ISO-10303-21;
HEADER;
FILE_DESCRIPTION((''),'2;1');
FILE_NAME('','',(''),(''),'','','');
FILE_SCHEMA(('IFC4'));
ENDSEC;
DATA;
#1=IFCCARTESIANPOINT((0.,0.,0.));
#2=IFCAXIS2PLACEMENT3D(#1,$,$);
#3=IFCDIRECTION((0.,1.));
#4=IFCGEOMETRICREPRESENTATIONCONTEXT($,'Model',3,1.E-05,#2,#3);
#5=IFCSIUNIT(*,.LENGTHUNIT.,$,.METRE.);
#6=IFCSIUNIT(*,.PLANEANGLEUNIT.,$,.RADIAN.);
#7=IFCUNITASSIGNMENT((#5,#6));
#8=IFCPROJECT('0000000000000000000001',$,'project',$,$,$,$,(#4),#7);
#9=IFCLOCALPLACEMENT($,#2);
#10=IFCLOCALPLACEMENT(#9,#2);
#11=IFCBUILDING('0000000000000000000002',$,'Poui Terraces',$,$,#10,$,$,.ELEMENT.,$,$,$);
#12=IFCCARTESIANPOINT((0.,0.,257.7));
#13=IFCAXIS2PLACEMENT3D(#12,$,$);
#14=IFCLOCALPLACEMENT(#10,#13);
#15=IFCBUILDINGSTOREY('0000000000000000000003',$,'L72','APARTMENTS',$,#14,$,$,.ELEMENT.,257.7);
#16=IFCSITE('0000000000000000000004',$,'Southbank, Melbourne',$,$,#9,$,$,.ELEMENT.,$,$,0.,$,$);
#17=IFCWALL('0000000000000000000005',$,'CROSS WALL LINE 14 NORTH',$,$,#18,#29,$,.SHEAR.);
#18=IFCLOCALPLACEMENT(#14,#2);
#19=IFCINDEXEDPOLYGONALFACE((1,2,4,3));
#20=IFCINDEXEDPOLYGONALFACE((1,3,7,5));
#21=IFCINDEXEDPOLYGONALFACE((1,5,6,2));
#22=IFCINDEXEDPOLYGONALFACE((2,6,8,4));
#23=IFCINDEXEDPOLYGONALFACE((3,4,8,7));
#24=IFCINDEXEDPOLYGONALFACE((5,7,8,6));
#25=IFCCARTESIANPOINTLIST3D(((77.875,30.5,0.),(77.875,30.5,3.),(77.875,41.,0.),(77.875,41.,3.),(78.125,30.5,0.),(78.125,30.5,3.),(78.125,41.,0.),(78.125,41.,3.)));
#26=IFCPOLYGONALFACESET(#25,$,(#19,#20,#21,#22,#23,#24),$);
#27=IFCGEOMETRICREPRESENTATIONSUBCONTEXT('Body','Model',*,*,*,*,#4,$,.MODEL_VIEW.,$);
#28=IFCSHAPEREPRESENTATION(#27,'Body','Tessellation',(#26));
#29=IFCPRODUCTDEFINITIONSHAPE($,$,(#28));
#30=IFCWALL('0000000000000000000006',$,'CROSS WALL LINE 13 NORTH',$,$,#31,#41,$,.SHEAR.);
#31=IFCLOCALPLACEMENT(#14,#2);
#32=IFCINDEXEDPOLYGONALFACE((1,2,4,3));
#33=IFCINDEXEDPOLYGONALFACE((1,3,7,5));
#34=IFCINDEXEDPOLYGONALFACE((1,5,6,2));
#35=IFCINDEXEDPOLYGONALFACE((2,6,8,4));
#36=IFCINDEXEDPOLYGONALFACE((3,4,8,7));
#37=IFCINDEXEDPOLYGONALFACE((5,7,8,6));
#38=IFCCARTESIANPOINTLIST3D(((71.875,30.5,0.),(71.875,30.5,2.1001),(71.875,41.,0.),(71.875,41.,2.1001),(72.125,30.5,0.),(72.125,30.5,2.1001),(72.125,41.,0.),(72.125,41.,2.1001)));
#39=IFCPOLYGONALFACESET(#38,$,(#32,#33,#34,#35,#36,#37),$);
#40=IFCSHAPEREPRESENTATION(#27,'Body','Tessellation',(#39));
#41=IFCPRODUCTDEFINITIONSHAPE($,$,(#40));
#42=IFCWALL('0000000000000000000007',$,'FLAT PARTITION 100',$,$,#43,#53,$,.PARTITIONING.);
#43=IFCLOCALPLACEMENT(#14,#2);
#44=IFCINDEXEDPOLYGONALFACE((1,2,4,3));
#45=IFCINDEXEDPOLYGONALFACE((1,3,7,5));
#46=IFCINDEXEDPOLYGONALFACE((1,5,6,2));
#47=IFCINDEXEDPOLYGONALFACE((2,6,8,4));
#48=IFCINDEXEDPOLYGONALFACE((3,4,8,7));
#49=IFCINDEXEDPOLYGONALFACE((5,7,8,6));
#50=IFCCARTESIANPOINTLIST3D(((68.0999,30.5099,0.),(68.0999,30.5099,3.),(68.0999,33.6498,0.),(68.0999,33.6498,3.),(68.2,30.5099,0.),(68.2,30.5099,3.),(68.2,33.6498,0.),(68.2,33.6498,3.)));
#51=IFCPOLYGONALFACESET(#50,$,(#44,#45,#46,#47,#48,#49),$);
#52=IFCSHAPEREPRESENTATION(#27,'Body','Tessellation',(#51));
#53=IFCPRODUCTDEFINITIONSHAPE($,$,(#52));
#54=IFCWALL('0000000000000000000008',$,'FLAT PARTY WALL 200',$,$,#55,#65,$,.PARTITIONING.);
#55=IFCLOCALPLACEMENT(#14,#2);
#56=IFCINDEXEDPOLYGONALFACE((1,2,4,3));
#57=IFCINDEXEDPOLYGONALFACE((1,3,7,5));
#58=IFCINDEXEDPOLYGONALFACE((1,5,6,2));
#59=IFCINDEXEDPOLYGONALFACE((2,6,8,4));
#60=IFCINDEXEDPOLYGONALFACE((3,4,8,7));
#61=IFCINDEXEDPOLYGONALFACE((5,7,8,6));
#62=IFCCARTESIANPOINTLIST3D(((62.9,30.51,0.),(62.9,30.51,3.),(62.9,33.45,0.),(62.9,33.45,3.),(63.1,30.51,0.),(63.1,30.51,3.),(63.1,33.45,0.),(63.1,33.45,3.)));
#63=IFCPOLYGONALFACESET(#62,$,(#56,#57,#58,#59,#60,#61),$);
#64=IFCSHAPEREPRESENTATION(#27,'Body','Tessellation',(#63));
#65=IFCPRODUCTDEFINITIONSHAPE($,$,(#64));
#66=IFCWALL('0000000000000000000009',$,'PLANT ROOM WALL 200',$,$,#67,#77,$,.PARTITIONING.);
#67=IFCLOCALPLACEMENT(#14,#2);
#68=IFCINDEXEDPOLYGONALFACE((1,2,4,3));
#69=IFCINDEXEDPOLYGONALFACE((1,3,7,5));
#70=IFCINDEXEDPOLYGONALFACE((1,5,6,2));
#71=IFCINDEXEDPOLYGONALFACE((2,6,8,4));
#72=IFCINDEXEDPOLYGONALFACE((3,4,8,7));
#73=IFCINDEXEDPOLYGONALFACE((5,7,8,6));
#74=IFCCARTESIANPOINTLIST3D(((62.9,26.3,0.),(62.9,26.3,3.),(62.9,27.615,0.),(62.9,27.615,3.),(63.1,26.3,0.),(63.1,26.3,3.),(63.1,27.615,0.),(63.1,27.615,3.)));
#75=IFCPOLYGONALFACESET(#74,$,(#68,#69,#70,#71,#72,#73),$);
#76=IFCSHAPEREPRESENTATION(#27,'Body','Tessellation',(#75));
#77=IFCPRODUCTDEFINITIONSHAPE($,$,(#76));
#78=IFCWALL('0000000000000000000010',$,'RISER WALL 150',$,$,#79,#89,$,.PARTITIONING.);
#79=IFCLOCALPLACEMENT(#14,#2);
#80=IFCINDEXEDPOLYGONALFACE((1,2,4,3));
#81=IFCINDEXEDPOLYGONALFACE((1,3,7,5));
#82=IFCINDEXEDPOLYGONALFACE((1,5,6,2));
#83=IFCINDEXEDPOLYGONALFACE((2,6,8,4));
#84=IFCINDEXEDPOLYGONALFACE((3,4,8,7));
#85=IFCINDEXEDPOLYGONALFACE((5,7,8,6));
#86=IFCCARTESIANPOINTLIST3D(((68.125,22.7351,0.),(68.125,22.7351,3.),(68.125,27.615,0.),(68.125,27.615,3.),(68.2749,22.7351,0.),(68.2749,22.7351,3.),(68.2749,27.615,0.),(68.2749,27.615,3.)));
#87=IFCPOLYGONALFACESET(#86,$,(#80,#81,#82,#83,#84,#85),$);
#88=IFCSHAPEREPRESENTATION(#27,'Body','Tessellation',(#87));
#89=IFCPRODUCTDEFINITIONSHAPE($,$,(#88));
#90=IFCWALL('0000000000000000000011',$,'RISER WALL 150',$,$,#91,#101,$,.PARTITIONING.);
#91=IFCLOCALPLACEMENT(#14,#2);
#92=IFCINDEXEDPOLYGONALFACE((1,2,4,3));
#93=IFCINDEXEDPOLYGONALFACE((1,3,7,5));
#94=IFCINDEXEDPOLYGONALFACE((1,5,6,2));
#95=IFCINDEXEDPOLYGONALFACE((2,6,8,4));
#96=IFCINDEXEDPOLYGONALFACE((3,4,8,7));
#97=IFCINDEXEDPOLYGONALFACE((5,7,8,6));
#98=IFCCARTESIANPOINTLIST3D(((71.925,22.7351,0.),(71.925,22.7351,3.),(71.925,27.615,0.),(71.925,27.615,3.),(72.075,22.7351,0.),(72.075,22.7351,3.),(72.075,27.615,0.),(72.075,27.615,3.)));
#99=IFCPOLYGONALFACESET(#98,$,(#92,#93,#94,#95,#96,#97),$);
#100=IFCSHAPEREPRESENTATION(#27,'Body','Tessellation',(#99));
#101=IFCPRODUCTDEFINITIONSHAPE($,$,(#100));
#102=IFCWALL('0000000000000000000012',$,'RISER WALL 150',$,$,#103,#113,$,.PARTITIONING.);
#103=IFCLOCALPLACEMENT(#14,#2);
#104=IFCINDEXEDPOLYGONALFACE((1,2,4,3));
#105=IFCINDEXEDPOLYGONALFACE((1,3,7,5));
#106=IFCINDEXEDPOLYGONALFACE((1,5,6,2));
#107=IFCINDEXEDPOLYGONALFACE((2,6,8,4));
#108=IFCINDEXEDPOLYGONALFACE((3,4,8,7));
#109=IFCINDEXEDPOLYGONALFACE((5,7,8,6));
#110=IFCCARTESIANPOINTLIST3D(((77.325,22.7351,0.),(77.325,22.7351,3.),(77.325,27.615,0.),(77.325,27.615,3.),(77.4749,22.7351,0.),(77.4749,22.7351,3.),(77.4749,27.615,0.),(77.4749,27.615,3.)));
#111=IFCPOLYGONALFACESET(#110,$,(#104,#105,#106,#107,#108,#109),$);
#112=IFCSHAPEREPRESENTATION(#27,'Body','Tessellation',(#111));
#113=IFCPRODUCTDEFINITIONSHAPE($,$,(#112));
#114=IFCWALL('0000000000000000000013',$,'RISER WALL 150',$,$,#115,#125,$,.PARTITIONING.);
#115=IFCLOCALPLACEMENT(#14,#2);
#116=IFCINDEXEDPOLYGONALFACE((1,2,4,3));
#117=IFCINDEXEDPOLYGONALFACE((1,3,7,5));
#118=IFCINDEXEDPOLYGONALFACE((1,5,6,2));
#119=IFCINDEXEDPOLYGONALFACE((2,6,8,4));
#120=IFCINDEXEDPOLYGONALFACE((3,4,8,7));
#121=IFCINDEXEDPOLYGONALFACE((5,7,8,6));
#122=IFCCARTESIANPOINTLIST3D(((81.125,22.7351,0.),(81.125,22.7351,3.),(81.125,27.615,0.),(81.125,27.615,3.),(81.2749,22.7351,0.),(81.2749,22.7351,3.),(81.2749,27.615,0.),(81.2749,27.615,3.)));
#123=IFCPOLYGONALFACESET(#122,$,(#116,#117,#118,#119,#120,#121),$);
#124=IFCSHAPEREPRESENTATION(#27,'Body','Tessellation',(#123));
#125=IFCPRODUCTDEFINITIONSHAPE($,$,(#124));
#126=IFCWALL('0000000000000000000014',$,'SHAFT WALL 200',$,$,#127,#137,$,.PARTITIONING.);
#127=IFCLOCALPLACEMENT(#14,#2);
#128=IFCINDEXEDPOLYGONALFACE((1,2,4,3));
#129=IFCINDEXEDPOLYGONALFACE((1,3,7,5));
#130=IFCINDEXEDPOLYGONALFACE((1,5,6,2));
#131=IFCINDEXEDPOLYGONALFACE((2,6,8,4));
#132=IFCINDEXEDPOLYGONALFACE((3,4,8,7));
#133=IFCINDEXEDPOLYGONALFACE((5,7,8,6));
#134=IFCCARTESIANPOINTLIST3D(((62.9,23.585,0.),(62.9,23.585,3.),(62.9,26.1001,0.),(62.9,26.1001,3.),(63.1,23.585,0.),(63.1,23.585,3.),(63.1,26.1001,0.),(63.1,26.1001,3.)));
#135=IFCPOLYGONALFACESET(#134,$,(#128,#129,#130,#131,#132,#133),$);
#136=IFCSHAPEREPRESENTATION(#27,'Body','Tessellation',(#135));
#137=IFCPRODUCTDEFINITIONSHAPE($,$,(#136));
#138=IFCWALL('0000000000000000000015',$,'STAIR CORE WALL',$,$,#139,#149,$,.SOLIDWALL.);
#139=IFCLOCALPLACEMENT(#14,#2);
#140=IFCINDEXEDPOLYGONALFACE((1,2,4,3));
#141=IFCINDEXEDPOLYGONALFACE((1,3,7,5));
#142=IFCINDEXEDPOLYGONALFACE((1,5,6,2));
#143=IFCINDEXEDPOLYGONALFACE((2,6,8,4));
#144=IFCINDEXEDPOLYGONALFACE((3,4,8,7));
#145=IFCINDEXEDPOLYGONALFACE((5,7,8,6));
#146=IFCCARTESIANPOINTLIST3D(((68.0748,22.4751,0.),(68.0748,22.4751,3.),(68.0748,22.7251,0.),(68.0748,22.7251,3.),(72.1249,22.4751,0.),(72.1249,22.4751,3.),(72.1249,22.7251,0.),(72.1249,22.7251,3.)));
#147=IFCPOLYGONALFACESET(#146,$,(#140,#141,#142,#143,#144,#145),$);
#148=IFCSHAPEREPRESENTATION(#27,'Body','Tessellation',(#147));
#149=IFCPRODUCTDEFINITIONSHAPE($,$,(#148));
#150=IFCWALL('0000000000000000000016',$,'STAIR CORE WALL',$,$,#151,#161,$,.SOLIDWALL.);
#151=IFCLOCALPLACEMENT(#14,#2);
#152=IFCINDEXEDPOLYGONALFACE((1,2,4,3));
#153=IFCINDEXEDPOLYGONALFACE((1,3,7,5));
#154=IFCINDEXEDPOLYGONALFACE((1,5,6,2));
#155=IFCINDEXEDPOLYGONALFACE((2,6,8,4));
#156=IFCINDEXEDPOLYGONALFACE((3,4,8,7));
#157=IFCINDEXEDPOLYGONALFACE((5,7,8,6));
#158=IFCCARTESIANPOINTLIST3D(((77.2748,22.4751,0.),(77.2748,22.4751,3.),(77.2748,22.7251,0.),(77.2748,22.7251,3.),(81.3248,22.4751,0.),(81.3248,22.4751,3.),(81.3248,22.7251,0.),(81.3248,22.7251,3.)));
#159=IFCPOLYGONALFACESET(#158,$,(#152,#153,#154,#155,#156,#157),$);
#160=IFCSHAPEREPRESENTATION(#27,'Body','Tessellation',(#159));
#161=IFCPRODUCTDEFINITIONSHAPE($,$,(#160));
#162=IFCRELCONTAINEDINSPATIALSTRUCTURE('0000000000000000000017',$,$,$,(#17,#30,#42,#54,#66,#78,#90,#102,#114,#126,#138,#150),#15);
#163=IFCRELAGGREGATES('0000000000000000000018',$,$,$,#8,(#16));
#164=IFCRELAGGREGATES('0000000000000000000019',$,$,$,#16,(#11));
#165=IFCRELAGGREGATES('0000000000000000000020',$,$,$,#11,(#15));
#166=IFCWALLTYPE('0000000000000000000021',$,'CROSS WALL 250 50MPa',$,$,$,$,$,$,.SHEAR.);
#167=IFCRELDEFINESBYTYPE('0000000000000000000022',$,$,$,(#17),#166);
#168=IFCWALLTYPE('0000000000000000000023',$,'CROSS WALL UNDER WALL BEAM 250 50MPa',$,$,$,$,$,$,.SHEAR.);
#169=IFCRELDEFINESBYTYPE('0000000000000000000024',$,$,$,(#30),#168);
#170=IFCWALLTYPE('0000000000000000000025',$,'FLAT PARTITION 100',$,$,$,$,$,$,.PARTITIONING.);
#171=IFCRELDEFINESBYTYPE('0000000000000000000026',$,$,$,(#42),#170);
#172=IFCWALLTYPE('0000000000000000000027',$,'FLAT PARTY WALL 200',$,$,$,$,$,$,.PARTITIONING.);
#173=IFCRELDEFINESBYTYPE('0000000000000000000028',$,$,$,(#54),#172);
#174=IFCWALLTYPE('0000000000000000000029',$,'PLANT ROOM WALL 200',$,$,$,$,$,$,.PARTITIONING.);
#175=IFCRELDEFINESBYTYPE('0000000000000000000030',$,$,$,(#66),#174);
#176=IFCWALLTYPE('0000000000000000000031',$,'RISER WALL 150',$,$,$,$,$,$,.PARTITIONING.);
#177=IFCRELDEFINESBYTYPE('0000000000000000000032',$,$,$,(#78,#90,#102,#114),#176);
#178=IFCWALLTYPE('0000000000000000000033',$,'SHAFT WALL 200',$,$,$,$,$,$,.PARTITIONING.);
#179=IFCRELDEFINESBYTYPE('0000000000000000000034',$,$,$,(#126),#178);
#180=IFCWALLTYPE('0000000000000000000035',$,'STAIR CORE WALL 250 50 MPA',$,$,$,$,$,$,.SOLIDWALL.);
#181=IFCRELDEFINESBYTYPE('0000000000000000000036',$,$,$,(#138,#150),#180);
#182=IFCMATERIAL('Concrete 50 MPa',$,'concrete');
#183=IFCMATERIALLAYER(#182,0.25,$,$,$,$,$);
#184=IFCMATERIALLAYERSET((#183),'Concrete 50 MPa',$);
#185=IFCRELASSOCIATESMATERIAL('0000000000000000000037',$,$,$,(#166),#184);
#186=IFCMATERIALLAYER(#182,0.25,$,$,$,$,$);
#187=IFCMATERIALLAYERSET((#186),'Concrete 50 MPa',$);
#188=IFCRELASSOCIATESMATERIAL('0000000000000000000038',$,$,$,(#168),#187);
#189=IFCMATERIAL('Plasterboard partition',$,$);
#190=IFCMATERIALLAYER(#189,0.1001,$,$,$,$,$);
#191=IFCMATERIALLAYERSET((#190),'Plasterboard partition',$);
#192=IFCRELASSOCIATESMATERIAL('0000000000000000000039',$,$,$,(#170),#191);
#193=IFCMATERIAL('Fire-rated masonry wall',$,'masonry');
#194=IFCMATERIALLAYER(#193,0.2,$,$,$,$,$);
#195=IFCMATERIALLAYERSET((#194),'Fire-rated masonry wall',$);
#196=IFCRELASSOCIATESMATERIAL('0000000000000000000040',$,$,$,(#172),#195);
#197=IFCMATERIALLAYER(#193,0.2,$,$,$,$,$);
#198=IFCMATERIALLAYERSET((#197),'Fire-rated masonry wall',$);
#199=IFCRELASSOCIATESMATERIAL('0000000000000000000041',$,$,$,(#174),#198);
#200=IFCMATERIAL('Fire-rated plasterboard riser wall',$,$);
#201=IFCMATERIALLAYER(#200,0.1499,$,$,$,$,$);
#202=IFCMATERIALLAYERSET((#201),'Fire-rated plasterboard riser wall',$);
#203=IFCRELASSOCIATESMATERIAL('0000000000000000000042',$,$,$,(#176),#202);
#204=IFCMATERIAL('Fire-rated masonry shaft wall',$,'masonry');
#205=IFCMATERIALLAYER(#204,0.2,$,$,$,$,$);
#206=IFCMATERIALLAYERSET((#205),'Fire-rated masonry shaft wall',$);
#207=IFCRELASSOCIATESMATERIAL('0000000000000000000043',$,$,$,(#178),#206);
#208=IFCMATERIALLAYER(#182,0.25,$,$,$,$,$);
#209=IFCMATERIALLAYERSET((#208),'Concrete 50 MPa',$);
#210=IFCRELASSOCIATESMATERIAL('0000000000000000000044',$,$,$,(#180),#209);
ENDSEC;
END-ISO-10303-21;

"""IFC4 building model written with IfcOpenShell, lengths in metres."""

from ifc_helpers import new_model, si_unit, direction, frame, frame_2d, origin, place, context, subcontext, project, spatial, rectangle, extrude, material, layer, layer_set, type_object, element, save


model = new_model("IFC4")

# Units and contexts
model_context = context("Model", 3, precision=1e-05, world=origin(), true_north=direction((0.0, 1.0)))
body_context = subcontext(model_context, "Body", "Model", "MODEL_VIEW")
ifc_project = project(units=[si_unit("LENGTHUNIT", "METRE"), si_unit("PLANEANGLEUNIT", "RADIAN")], contexts=[model_context])

# Site, building, storey
site_placement = place(None, origin())
site = spatial("IfcSite", under=ifc_project, at=site_placement, Name="Southbank, Melbourne", CompositionType="ELEMENT", RefElevation=0.0)
building_placement = place(site_placement, origin())
building = spatial("IfcBuilding", under=site, at=building_placement, Name="Poui Terraces", CompositionType="ELEMENT")
storey_placement = place(building_placement, frame((0.0, 0.0, 257.7)))
storey = spatial("IfcBuildingStorey", under=building, at=storey_placement, Name="L72", Description="APARTMENTS", CompositionType="ELEMENT", Elevation=257.7)

# Shared definitions
ifc_material_1 = material(Name="Concrete 50 MPa", Category="concrete")

# Shared definitions
ifc_layer_1 = layer(ifc_material_1, 0.25)
ifc_layer_set_1 = layer_set([ifc_layer_1], Name="Concrete 50 MPa")
wall_type_1 = type_object("IfcWallType", Name="CROSS WALL 250 50MPa", PredefinedType="SHEAR", material=ifc_layer_set_1)

# Walls
wall_1_placement = place(storey_placement, frame((78.0, 30.5, 0.0), z_axis=(0.0, 0.0, 1.0), x_axis=(0.0, 1.0, 0.0)))
element("IfcWall", 1, at=wall_1_placement, inside=storey, type_object=wall_type_1, Name="CROSS WALL LINE 14 NORTH", PredefinedType="SHEAR", context=body_context, shape_type="SweptSolid", body=[
    extrude(rectangle(XDim=10.5, YDim=0.25, at=frame_2d((5.25, 0.0))), origin(), (0.0, 0.0, 1.0), 3.0),
])
ifc_layer_2 = layer(ifc_material_1, 0.25)
ifc_layer_set_2 = layer_set([ifc_layer_2], Name="Concrete 50 MPa")
wall_type_2 = type_object("IfcWallType", Name="CROSS WALL UNDER WALL BEAM 250 50MPa", PredefinedType="SHEAR", material=ifc_layer_set_2)
wall_2_placement = place(storey_placement, frame((72.0, 30.5, 0.0), z_axis=(0.0, 0.0, 1.0), x_axis=(0.0, 1.0, 0.0)))
element("IfcWall", 2, at=wall_2_placement, inside=storey, type_object=wall_type_2, Name="CROSS WALL LINE 13 NORTH", PredefinedType="SHEAR", context=body_context, shape_type="SweptSolid", body=[
    extrude(rectangle(XDim=10.5, YDim=0.25, at=frame_2d((5.25, 0.0))), origin(), (0.0, 0.0, 1.0), 2.1001),
])
ifc_material_2 = material(Name="Plasterboard partition")
ifc_layer_3 = layer(ifc_material_2, 0.1001)
ifc_layer_set_3 = layer_set([ifc_layer_3], Name="Plasterboard partition")
wall_type_3 = type_object("IfcWallType", Name="FLAT PARTITION 100", PredefinedType="PARTITIONING", material=ifc_layer_set_3)
wall_3_placement = place(storey_placement, frame((68.1499, 30.51, 0.0), z_axis=(0.0, 0.0, 1.0), x_axis=(0.0, 1.0, 0.0)))
element("IfcWall", 3, at=wall_3_placement, inside=storey, type_object=wall_type_3, Name="FLAT PARTITION 100", PredefinedType="PARTITIONING", context=body_context, shape_type="SweptSolid", body=[
    extrude(rectangle(XDim=3.1399, YDim=0.1001, at=frame_2d((1.5698, 0.0))), origin(), (0.0, 0.0, 1.0), 3.0),
])
ifc_material_3 = material(Name="Fire-rated masonry wall", Category="masonry")
ifc_layer_4 = layer(ifc_material_3, 0.2)
ifc_layer_set_4 = layer_set([ifc_layer_4], Name="Fire-rated masonry wall")
wall_type_4 = type_object("IfcWallType", Name="FLAT PARTY WALL 200", PredefinedType="PARTITIONING", material=ifc_layer_set_4)
wall_4_placement = place(storey_placement, frame((63.0, 30.51, 0.0), z_axis=(0.0, 0.0, 1.0), x_axis=(0.0, 1.0, 0.0)))
element("IfcWall", 4, at=wall_4_placement, inside=storey, type_object=wall_type_4, Name="FLAT PARTY WALL 200", PredefinedType="PARTITIONING", context=body_context, shape_type="SweptSolid", body=[
    extrude(rectangle(XDim=2.9399, YDim=0.2, at=frame_2d((1.47, 0.0))), origin(), (0.0, 0.0, 1.0), 3.0),
])
ifc_layer_5 = layer(ifc_material_3, 0.2)
ifc_layer_set_5 = layer_set([ifc_layer_5], Name="Fire-rated masonry wall")
wall_type_5 = type_object("IfcWallType", Name="PLANT ROOM WALL 200", PredefinedType="PARTITIONING", material=ifc_layer_set_5)
wall_5_placement = place(storey_placement, frame((63.0, 26.3, 0.0), z_axis=(0.0, 0.0, 1.0), x_axis=(0.0, 1.0, 0.0)))
element("IfcWall", 5, at=wall_5_placement, inside=storey, type_object=wall_type_5, Name="PLANT ROOM WALL 200", PredefinedType="PARTITIONING", context=body_context, shape_type="SweptSolid", body=[
    extrude(rectangle(XDim=1.3149, YDim=0.2, at=frame_2d((0.6575, 0.0))), origin(), (0.0, 0.0, 1.0), 3.0),
])
ifc_material_4 = material(Name="Fire-rated plasterboard riser wall")
ifc_layer_6 = layer(ifc_material_4, 0.1499)
ifc_layer_set_6 = layer_set([ifc_layer_6], Name="Fire-rated plasterboard riser wall")
wall_type_6 = type_object("IfcWallType", Name="RISER WALL 150", PredefinedType="PARTITIONING", material=ifc_layer_set_6)
for number, where, z_axis, x_axis, name in (
    (6, (68.2, 22.7351, 0.0), (0.0, 0.0, 1.0), (0.0, 1.0, 0.0), "RISER WALL 150"),
    (7, (72.0, 22.7351, 0.0), (0.0, 0.0, 1.0), (0.0, 1.0, 0.0), "RISER WALL 150"),
    (8, (77.3999, 22.7351, 0.0), (0.0, 0.0, 1.0), (0.0, 1.0, 0.0), "RISER WALL 150"),
    (9, (81.2, 22.7351, 0.0), (0.0, 0.0, 1.0), (0.0, 1.0, 0.0), "RISER WALL 150"),
):
    element("IfcWall", number, at=place(storey_placement, frame(where, z_axis=z_axis, x_axis=x_axis)), inside=storey, type_object=wall_type_6, Name=name, PredefinedType="PARTITIONING", context=body_context, shape_type="SweptSolid", body=[
        extrude(rectangle(XDim=4.8799, YDim=0.1499, at=frame_2d((2.4399, 0.0))), origin(), (0.0, 0.0, 1.0), 3.0),
    ])
ifc_material_5 = material(Name="Fire-rated masonry shaft wall", Category="masonry")
ifc_layer_7 = layer(ifc_material_5, 0.2)
ifc_layer_set_7 = layer_set([ifc_layer_7], Name="Fire-rated masonry shaft wall")
wall_type_7 = type_object("IfcWallType", Name="SHAFT WALL 200", PredefinedType="PARTITIONING", material=ifc_layer_set_7)
wall_6_placement = place(storey_placement, frame((63.0, 23.585, 0.0), z_axis=(0.0, 0.0, 1.0), x_axis=(0.0, 1.0, 0.0)))
element("IfcWall", 10, at=wall_6_placement, inside=storey, type_object=wall_type_7, Name="SHAFT WALL 200", PredefinedType="PARTITIONING", context=body_context, shape_type="SweptSolid", body=[
    extrude(rectangle(XDim=2.5151, YDim=0.2, at=frame_2d((1.2576, 0.0))), origin(), (0.0, 0.0, 1.0), 3.0),
])
ifc_layer_8 = layer(ifc_material_1, 0.25)
ifc_layer_set_8 = layer_set([ifc_layer_8], Name="Concrete 50 MPa")
wall_type_8 = type_object("IfcWallType", Name="STAIR CORE WALL 250 50 MPA", PredefinedType="SOLIDWALL", material=ifc_layer_set_8)
for number, where, z_axis, x_axis, name in (
    (11, (68.075, 22.6001, 0.0), (0.0, 0.0, 1.0), (1.0, 0.0, 0.0), "STAIR CORE WALL"),
    (12, (77.2749, 22.6001, 0.0), (0.0, 0.0, 1.0), (1.0, 0.0, 0.0), "STAIR CORE WALL"),
):
    element("IfcWall", number, at=place(storey_placement, frame(where, z_axis=z_axis, x_axis=x_axis)), inside=storey, type_object=wall_type_8, Name=name, PredefinedType="SOLIDWALL", context=body_context, shape_type="SweptSolid", body=[
        extrude(rectangle(XDim=4.05, YDim=0.25, at=frame_2d((2.0249, 0.0))), origin(), (0.0, 0.0, 1.0), 3.0),
    ])

save(model, "model.ifc")
